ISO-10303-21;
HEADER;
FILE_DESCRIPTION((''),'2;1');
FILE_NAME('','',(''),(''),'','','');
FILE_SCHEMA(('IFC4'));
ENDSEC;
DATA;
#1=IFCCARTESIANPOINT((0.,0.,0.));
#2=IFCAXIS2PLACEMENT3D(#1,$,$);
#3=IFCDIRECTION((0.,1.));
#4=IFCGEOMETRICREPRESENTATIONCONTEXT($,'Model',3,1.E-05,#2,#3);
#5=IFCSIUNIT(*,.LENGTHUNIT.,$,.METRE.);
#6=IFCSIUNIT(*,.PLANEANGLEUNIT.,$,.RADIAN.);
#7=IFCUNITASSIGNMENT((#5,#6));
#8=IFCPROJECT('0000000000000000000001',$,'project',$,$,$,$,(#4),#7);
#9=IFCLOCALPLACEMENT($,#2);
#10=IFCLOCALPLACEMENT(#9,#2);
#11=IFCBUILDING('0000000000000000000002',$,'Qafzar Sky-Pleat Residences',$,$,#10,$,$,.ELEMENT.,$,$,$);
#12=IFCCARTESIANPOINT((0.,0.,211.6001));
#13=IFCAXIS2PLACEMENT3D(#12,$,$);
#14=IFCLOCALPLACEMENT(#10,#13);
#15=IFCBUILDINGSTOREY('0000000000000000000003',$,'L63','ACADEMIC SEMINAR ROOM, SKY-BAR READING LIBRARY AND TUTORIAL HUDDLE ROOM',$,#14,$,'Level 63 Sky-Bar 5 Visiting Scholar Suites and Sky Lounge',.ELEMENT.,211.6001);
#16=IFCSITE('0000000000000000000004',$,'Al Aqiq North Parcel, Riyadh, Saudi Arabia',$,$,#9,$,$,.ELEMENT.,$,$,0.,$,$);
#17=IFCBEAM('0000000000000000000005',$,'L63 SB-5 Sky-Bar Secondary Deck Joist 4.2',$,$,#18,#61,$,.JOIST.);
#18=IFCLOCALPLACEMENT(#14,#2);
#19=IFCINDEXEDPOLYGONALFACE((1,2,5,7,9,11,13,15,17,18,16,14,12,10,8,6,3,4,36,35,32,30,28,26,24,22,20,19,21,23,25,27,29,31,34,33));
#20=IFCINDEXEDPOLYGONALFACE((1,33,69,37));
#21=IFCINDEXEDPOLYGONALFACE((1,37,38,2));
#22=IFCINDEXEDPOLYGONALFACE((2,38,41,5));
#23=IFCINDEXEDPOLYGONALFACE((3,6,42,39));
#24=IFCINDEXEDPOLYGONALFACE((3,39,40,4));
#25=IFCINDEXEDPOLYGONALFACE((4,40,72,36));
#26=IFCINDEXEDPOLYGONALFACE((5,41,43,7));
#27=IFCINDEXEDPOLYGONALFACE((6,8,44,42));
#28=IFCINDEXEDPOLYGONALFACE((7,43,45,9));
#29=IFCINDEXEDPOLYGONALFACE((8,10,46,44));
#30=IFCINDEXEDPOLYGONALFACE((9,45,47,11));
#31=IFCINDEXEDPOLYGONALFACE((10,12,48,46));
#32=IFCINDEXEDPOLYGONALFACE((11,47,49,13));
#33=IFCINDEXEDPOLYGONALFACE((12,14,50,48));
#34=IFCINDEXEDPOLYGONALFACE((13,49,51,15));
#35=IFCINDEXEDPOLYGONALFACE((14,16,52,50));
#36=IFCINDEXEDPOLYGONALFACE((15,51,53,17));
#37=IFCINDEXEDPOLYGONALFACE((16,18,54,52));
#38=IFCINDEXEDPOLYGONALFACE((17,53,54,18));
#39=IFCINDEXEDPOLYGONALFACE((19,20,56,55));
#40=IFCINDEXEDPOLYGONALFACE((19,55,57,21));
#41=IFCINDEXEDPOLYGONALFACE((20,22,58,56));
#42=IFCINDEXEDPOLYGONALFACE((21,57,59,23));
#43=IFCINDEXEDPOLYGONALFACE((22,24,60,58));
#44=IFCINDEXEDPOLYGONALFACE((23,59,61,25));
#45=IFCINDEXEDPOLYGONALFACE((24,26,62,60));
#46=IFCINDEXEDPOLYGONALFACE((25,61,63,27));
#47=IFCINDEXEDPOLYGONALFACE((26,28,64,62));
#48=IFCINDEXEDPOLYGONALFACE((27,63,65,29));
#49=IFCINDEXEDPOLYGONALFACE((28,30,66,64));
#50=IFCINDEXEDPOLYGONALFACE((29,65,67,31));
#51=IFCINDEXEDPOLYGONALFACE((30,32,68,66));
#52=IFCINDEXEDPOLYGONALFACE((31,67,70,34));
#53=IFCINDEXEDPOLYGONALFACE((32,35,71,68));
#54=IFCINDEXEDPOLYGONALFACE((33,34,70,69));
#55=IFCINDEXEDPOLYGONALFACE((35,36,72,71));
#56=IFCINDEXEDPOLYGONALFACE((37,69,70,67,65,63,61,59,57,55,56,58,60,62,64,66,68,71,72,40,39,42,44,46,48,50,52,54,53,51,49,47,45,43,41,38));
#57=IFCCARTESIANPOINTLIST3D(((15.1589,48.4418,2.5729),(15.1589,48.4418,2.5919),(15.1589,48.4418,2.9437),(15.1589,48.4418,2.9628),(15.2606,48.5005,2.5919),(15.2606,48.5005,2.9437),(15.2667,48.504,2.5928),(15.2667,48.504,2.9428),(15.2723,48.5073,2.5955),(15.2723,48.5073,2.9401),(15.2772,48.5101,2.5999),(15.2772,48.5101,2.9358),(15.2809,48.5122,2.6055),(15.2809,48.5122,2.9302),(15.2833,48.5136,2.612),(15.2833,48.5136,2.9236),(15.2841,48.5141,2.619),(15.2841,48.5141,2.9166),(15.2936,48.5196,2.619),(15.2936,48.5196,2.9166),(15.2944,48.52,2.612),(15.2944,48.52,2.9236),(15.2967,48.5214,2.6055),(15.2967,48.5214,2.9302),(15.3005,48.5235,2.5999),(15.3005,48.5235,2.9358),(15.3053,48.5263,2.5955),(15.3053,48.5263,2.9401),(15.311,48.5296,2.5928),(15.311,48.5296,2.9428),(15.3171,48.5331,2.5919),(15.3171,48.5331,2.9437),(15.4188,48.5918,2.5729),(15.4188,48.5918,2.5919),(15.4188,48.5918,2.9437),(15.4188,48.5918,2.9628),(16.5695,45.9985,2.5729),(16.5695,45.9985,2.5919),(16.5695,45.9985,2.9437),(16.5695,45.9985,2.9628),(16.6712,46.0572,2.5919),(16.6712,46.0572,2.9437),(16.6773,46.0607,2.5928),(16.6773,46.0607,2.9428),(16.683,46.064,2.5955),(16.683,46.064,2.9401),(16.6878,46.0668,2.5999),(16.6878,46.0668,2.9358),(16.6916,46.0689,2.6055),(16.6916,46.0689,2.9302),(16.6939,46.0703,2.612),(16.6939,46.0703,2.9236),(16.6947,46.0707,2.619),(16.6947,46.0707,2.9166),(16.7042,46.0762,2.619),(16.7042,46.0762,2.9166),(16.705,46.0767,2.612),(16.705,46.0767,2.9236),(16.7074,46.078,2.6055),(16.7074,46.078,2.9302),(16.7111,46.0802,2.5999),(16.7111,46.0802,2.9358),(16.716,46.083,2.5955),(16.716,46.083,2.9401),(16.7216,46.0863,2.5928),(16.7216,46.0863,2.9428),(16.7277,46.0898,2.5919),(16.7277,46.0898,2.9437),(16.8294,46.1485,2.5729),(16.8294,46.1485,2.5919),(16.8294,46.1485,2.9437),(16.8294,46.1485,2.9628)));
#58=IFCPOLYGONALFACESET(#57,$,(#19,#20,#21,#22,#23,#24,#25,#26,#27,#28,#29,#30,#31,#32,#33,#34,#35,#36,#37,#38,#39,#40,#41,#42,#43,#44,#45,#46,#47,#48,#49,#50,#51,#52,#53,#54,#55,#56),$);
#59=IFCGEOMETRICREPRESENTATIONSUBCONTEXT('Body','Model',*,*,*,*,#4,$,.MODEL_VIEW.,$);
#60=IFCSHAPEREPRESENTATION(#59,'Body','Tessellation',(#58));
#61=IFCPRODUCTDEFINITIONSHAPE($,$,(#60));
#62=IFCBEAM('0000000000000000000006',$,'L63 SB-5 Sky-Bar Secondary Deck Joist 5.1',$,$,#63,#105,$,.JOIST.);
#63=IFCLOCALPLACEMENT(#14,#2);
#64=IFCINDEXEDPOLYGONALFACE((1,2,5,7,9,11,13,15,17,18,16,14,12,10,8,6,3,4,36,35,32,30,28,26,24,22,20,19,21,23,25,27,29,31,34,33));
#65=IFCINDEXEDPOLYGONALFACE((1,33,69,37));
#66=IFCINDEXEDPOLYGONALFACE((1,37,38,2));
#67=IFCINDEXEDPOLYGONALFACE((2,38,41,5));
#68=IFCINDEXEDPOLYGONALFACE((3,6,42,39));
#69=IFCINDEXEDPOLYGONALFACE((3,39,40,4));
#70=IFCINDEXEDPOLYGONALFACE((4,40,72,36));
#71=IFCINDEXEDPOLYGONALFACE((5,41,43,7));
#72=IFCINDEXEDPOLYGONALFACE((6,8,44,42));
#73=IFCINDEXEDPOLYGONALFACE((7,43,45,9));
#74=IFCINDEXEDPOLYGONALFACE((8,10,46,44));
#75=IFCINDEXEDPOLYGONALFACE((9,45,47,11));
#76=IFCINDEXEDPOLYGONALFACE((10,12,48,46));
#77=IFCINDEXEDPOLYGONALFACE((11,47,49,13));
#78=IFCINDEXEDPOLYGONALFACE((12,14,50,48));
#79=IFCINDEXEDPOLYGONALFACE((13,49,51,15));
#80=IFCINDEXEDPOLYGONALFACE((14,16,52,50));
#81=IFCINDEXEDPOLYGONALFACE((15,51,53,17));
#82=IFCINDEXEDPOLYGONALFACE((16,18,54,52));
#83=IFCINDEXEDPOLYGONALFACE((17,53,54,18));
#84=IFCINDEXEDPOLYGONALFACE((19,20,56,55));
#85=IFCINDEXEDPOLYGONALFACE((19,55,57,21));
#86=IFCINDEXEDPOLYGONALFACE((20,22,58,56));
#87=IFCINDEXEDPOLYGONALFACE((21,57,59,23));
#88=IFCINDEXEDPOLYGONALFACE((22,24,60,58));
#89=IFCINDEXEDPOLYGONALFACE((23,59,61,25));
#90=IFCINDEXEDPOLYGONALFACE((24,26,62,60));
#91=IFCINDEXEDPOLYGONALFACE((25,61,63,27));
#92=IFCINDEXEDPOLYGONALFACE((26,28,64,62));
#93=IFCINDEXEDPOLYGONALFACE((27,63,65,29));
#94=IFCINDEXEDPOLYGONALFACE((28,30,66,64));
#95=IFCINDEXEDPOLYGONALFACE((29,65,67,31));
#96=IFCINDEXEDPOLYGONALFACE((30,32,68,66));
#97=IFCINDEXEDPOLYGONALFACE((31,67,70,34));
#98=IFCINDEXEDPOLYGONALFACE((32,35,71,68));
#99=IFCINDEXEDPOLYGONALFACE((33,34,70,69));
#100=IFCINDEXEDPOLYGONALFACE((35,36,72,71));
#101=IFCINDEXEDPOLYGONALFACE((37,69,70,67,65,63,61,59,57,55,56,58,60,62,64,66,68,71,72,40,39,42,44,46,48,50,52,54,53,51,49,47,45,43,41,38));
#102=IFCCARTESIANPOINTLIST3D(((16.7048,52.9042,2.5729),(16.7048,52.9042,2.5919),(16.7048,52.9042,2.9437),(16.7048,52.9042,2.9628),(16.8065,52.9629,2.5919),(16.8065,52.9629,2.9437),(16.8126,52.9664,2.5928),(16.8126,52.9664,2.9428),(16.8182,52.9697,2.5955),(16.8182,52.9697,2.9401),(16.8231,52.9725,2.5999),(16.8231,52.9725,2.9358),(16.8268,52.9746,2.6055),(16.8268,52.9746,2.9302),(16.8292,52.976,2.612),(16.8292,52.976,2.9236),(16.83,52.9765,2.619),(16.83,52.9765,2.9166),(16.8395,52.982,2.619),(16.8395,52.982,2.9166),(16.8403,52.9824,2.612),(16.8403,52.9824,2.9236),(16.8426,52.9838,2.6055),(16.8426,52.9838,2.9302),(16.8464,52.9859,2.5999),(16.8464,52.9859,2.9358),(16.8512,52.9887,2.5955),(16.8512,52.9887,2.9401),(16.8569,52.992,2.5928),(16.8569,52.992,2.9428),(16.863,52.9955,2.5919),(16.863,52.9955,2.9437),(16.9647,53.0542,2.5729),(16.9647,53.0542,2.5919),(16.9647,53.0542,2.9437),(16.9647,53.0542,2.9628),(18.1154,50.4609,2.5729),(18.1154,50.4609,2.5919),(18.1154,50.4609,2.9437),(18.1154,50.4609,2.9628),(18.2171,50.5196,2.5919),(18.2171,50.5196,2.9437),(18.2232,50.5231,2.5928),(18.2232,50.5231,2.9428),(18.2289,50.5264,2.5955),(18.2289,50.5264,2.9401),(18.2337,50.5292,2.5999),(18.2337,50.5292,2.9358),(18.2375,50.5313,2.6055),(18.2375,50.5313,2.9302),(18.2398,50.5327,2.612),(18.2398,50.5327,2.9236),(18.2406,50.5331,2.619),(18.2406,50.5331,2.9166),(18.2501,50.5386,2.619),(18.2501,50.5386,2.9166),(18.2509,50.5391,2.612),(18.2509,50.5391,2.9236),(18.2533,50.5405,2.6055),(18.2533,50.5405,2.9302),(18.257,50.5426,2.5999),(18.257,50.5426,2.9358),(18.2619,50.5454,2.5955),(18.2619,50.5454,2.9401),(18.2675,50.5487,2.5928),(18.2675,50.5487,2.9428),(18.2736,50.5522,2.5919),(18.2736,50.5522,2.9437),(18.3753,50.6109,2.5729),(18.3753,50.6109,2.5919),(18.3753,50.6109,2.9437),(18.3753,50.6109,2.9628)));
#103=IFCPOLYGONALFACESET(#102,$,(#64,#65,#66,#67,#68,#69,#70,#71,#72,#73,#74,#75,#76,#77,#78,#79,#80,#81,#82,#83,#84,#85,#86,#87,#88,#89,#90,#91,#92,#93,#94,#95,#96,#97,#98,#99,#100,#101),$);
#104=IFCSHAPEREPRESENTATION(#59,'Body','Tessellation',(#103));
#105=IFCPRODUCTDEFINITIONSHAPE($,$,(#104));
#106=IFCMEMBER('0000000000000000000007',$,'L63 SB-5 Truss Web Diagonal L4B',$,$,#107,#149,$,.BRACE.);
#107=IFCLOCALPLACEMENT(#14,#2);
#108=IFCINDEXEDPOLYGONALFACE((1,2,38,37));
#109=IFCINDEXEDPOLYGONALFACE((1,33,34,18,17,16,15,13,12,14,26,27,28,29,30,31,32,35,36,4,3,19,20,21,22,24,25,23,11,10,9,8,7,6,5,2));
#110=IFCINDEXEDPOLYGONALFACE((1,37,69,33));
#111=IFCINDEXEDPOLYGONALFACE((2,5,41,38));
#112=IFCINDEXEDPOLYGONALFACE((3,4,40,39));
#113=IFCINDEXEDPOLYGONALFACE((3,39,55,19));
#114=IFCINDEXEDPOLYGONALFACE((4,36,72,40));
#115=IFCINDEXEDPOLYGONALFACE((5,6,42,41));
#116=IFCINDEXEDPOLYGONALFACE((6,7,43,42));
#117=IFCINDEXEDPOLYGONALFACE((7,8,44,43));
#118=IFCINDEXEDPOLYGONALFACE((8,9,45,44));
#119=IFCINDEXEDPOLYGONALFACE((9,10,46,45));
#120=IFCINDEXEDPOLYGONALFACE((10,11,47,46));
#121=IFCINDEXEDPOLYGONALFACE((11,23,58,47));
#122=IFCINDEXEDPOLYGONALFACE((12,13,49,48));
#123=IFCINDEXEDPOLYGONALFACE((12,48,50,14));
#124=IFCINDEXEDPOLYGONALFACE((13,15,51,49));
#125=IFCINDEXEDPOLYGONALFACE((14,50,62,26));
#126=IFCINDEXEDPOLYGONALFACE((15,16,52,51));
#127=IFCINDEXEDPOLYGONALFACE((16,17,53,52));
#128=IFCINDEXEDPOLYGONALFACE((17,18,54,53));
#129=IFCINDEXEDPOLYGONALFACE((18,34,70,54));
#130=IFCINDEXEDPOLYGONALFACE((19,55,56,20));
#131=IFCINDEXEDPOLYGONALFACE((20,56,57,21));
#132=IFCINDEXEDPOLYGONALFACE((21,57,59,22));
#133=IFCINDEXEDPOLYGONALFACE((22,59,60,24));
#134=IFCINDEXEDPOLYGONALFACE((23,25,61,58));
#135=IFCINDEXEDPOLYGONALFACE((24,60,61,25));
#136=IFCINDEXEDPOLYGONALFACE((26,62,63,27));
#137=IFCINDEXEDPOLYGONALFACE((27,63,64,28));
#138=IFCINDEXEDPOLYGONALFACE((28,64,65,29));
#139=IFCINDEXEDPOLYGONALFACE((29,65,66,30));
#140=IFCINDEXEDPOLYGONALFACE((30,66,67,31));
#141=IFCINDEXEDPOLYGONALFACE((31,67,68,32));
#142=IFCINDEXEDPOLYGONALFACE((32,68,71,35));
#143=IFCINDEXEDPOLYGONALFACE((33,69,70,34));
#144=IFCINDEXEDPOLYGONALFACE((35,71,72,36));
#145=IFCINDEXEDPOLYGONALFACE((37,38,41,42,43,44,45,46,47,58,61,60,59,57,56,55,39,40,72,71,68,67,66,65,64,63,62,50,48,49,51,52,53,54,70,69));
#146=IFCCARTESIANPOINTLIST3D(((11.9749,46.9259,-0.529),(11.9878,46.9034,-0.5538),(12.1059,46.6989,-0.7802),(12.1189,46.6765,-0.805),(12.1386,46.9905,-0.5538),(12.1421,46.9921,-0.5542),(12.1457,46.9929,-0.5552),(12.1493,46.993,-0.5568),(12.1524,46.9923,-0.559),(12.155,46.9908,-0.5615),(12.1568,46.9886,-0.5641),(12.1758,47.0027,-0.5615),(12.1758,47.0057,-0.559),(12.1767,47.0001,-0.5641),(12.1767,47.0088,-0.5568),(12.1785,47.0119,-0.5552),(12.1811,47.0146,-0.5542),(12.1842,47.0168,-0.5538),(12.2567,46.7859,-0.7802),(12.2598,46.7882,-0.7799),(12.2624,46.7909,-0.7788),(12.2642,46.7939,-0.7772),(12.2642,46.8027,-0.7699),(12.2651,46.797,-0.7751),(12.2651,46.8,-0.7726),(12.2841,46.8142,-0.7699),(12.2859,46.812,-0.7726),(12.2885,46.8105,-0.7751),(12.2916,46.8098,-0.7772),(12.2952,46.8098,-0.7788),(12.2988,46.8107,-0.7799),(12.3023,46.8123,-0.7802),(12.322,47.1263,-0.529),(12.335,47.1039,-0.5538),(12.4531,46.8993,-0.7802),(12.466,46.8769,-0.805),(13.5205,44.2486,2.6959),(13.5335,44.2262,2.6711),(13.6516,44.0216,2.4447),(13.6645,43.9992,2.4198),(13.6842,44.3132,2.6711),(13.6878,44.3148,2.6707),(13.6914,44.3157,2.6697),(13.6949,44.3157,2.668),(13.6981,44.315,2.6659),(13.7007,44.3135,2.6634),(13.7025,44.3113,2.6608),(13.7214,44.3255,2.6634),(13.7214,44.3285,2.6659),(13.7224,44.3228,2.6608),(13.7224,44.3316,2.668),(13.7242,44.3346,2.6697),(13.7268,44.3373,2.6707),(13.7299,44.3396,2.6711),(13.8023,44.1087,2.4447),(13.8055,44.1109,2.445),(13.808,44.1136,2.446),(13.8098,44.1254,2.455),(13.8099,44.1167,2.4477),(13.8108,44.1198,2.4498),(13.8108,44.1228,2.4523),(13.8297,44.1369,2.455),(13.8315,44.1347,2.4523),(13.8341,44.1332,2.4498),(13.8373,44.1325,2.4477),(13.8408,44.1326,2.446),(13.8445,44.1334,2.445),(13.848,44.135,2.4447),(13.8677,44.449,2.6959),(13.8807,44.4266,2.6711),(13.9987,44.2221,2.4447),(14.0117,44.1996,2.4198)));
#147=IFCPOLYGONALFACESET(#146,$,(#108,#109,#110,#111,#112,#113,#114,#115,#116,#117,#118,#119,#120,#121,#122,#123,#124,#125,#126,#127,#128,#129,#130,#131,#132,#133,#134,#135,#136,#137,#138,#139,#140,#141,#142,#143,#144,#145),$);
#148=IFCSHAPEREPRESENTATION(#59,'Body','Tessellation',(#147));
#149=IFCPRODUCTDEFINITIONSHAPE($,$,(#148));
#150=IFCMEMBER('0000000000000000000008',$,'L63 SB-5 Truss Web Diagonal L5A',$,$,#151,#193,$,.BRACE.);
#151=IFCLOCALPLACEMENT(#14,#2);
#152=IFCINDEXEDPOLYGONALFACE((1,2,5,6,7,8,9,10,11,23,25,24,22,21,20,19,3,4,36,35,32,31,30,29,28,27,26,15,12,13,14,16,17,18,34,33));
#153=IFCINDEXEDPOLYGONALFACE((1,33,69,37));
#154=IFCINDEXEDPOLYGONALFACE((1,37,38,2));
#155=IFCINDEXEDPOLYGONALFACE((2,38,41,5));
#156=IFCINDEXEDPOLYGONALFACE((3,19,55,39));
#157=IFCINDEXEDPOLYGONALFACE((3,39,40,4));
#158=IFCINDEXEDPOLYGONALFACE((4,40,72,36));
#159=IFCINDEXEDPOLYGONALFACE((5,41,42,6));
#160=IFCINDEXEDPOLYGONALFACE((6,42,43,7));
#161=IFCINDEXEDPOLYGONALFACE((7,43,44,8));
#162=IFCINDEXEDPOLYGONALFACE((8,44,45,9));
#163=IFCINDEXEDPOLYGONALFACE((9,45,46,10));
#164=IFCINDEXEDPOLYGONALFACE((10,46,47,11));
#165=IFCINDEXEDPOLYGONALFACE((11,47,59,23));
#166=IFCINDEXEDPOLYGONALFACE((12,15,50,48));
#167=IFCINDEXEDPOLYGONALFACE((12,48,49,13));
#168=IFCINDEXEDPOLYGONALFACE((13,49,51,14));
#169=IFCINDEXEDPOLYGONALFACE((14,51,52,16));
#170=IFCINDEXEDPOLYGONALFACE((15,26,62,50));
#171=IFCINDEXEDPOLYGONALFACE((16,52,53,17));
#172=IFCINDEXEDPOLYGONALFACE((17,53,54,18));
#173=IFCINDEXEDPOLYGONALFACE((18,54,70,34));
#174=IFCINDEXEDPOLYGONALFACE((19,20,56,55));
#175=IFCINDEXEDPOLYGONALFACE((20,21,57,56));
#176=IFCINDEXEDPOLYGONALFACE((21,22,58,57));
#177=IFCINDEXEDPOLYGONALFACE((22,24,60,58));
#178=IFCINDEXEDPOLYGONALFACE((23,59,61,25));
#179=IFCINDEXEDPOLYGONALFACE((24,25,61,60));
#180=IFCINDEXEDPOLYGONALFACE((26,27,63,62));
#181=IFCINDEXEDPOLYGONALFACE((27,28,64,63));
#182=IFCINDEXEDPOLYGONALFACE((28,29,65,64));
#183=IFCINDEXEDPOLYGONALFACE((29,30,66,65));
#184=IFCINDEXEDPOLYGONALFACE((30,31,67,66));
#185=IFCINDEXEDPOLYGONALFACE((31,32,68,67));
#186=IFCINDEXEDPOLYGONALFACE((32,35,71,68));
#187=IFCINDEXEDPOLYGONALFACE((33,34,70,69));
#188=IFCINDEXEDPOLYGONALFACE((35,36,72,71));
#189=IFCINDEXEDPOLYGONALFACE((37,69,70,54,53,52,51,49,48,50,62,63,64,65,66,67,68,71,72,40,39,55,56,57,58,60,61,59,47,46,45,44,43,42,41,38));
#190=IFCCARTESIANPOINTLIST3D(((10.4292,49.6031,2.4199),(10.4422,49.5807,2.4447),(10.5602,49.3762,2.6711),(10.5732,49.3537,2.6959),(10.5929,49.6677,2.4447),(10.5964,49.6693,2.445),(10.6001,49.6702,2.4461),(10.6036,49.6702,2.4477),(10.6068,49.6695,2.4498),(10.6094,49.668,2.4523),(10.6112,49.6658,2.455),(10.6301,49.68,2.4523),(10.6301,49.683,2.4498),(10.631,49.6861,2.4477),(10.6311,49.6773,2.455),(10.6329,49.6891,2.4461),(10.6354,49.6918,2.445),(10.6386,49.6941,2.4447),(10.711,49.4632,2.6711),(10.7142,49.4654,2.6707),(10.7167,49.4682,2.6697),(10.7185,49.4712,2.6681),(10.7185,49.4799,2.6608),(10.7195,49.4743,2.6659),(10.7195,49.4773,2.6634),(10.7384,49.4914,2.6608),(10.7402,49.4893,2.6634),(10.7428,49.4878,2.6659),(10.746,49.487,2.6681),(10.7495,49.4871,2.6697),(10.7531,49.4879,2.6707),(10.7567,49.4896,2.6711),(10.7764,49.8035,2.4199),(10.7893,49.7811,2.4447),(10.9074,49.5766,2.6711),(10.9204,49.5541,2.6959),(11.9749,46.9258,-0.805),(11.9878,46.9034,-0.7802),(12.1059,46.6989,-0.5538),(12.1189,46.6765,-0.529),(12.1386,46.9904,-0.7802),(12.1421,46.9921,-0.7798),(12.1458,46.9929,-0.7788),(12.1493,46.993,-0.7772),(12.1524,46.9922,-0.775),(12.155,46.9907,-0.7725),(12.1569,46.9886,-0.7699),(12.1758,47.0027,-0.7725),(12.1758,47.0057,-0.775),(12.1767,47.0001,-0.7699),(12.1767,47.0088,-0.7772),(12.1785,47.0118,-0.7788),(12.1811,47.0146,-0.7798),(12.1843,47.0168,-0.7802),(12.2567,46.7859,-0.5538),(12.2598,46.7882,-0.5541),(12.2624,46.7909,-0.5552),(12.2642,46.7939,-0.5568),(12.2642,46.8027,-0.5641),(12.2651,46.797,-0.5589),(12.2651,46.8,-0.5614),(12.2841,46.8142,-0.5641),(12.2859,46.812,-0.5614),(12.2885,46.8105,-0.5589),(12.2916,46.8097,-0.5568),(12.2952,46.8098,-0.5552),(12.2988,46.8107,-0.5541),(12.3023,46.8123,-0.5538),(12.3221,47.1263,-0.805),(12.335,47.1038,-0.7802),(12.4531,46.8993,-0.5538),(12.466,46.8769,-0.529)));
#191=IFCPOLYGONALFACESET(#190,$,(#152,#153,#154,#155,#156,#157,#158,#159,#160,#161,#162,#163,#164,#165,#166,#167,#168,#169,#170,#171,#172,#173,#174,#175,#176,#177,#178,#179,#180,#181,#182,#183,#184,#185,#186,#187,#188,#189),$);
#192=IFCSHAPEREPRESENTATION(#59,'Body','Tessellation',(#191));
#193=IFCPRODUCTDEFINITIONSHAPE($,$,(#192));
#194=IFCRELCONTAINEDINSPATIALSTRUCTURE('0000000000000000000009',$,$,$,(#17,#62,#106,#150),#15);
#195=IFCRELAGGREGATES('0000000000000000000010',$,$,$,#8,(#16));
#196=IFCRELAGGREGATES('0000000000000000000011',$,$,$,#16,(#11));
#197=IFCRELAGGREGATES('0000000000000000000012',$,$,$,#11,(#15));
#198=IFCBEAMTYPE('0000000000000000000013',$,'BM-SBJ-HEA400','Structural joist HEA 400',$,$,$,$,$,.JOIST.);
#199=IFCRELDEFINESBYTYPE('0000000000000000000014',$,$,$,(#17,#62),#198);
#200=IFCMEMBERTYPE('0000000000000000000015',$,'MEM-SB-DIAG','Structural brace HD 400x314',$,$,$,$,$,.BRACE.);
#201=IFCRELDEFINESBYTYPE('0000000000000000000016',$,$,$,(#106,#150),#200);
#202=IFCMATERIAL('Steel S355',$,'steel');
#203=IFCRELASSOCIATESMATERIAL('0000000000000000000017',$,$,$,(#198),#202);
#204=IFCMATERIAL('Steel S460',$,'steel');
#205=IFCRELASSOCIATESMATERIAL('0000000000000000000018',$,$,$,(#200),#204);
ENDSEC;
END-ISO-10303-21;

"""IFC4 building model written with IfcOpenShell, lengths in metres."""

from ifc_helpers import new_model, si_unit, direction, frame, origin, origin_2d, place, context, subcontext, project, spatial, i_section, extrude, source, transform, mapped, material, material_profile, profile_set, type_object, element, save


model = new_model("IFC4")

# Units and contexts
model_context = context("Model", 3, precision=1e-05, world=origin(), true_north=direction((0.0, 1.0)))
body_context = subcontext(model_context, "Body", "Model", "MODEL_VIEW")
ifc_project = project(units=[si_unit("LENGTHUNIT", "METRE"), si_unit("PLANEANGLEUNIT", "RADIAN")], contexts=[model_context])

# Site, building, storey
site_placement = place(None, origin())
site = spatial("IfcSite", under=ifc_project, at=site_placement, Name="Al Aqiq North Parcel, Riyadh, Saudi Arabia", CompositionType="ELEMENT", RefElevation=0.0)
building_placement = place(site_placement, origin())
building = spatial("IfcBuilding", under=site, at=building_placement, Name="Qafzar Sky-Pleat Residences", CompositionType="ELEMENT")
storey_placement = place(building_placement, frame((0.0, 0.0, 211.6001)))
storey = spatial("IfcBuildingStorey", under=building, at=storey_placement, Name="L63", Description="ACADEMIC SEMINAR ROOM, SKY-BAR READING LIBRARY AND TUTORIAL HUDDLE ROOM", LongName="Level 63 Sky-Bar 5 Visiting Scholar Suites and Sky Lounge", CompositionType="ELEMENT", Elevation=211.6001)

# Beams
ifc_material_1 = material(Name="Steel S355", Category="steel")
ifc_material_profile_1 = material_profile(ifc_material_1, i_section(OverallWidth=0.3, OverallDepth=0.3899, WebThickness=0.011, FlangeThickness=0.019, FilletRadius=0.0271, at=origin_2d()), Name="HEA 400")
ifc_profile_set_1 = profile_set([ifc_material_profile_1], Name="Steel S355")
beam_type_1 = type_object("IfcBeamType", Name="BM-SBJ-HEA400", Description="Structural joist HEA 400", PredefinedType="JOIST", material=ifc_profile_set_1)
shared_shape_1 = source(origin(), body_context, "Body", "SweptSolid", [
    extrude(i_section(OverallWidth=0.3, OverallDepth=0.3899, WebThickness=0.011, FlangeThickness=0.019, FilletRadius=0.0271, at=origin_2d()), origin(), (0.0, 0.0, 1.0), 2.8213),
])
for number, where, z_axis, x_axis, name in (
    (1, (16.6995, 46.0735, 2.7678), (-0.499992, 0.86603, 0.0), (-0.86603, -0.499992, 0.0), "L63 SB-5 Sky-Bar Secondary Deck Joist 4.2"),
    (2, (18.2454, 50.5359, 2.7678), (-0.499992, 0.86603, 0.0), (-0.86603, -0.499992, 0.0), "L63 SB-5 Sky-Bar Secondary Deck Joist 5.1"),
):
    element("IfcBeam", number, at=place(storey_placement, frame(where, z_axis=z_axis, x_axis=x_axis)), inside=storey, type_object=beam_type_1, Name=name, PredefinedType="JOIST", context=body_context, shape_type="MappedRepresentation", body=[
        mapped(shared_shape_1, transform((0.0, 0.0, 0.0), x_axis=(1.0, 0.0, 0.0), y_axis=(0.0, 1.0, 0.0), z_axis=(0.0, 0.0, 1.0), scale=1.0)),
    ])

# Members
ifc_material_2 = material(Name="Steel S460", Category="steel")
ifc_material_profile_2 = material_profile(ifc_material_2, i_section(OverallWidth=0.4009, OverallDepth=0.3989, WebThickness=0.0229, FlangeThickness=0.0359, FilletRadius=0.0149, at=origin_2d()), Name="HD 400x314")
ifc_profile_set_2 = profile_set([ifc_material_profile_2], Name="Steel S460")
member_type_1 = type_object("IfcMemberType", Name="MEM-SB-DIAG", Description="Structural brace HD 400x314", PredefinedType="BRACE", material=ifc_profile_set_2)
shared_shape_2 = source(origin(), body_context, "Body", "SweptSolid", [
    extrude(i_section(OverallWidth=0.4009, OverallDepth=0.3989, WebThickness=0.0229, FlangeThickness=0.0359, FilletRadius=0.0149, at=origin_2d()), origin(), (0.0, 0.0, 1.0), 4.4673),
])
for number, where, z_axis, x_axis, name in (
    (3, (13.7661, 44.2241, 2.5579), (-0.345996, 0.599304, -0.721887), (-0.866033, -0.499987, 0.0), "L63 SB-5 Truss Web Diagonal L4B"),
    (4, (12.2205, 46.9014, -0.667), (-0.345996, 0.599304, 0.721887), (-0.866033, -0.499987, 0.0), "L63 SB-5 Truss Web Diagonal L5A"),
):
    element("IfcMember", number, at=place(storey_placement, frame(where, z_axis=z_axis, x_axis=x_axis)), inside=storey, type_object=member_type_1, Name=name, PredefinedType="BRACE", context=body_context, shape_type="MappedRepresentation", body=[
        mapped(shared_shape_2, transform((0.0, 0.0, 0.0), x_axis=(1.0, 0.0, 0.0), y_axis=(0.0, 1.0, 0.0), z_axis=(0.0, 0.0, 1.0), scale=1.0)),
    ])

save(model, "model.ifc")
